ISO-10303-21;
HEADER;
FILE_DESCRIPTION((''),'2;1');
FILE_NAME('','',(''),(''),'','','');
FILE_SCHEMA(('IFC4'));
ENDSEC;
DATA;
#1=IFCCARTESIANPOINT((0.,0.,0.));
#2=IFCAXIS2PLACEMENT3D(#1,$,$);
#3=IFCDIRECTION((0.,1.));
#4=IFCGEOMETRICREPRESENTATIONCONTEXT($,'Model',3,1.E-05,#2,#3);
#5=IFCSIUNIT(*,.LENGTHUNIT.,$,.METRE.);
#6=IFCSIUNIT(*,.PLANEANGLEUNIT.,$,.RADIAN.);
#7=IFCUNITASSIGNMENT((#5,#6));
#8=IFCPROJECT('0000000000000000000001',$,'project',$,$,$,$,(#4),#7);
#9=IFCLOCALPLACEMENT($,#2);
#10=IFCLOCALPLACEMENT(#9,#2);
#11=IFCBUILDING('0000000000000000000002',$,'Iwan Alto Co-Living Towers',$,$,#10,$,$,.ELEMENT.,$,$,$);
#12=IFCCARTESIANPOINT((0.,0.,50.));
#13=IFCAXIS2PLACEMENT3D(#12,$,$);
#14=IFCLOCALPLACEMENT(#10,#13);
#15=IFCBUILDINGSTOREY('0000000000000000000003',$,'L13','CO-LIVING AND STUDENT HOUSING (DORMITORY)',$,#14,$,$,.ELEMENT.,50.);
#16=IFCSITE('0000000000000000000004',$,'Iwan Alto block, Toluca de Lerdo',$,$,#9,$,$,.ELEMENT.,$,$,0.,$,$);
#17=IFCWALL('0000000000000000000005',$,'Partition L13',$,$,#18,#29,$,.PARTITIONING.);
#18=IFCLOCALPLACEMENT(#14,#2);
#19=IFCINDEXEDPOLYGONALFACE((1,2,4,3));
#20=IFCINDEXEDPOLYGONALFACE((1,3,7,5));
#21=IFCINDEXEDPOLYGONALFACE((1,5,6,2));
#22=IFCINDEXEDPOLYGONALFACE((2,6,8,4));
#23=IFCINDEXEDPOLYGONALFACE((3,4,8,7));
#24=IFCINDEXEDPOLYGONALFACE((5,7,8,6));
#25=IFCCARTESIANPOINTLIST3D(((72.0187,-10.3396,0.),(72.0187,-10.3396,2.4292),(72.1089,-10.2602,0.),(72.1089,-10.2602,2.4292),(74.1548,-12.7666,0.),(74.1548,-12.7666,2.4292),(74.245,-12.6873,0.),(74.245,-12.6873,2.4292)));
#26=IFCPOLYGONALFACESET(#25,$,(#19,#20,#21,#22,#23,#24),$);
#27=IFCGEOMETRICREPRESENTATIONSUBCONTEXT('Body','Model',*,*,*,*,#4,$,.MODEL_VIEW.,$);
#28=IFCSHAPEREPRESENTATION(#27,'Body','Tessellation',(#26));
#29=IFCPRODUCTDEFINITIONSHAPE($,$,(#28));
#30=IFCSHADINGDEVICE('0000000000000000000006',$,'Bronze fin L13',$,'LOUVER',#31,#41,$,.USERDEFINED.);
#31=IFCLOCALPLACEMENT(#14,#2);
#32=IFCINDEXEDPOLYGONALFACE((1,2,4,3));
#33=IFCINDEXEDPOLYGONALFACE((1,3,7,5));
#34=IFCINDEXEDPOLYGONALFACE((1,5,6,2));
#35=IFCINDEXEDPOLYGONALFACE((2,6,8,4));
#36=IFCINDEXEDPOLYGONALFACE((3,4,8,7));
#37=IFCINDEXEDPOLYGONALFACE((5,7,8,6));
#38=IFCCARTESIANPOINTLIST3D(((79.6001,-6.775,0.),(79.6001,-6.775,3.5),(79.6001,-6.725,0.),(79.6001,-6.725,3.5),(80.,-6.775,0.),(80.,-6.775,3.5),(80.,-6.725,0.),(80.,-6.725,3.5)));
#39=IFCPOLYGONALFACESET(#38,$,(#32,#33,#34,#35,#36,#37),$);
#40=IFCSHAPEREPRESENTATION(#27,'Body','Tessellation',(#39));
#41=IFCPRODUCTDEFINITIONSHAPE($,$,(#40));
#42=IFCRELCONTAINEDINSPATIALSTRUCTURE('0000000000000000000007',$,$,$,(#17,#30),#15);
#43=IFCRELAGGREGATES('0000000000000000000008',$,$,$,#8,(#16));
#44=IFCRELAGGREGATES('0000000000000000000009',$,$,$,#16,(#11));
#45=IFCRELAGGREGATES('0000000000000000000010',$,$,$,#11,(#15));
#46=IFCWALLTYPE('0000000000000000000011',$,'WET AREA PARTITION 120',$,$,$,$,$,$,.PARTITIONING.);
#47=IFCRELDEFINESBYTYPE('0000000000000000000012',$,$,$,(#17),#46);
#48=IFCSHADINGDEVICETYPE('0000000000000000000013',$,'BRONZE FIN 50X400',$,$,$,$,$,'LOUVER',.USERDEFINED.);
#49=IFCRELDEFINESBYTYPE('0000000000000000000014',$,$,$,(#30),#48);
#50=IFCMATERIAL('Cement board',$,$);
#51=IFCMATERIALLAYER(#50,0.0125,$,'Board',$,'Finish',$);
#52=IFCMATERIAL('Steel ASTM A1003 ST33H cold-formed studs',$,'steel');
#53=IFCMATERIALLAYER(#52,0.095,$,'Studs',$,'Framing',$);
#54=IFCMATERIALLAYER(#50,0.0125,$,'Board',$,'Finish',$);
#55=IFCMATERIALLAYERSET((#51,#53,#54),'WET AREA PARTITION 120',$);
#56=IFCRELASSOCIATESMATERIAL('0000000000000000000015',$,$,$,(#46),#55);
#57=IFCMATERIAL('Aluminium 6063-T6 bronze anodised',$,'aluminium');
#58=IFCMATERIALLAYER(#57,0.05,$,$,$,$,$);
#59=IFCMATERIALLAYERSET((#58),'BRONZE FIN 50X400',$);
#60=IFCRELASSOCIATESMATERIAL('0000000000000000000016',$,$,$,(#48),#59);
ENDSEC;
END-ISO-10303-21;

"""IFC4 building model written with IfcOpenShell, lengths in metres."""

from ifc_helpers import new_model, si_unit, direction, frame, frame_2d, origin, origin_2d, place, context, subcontext, project, spatial, rectangle, extrude, material, layer, layer_set, type_object, element, save


model = new_model("IFC4")

# Units and contexts
model_context = context("Model", 3, precision=1e-05, world=origin(), true_north=direction((0.0, 1.0)))
body_context = subcontext(model_context, "Body", "Model", "MODEL_VIEW")
ifc_project = project(units=[si_unit("LENGTHUNIT", "METRE"), si_unit("PLANEANGLEUNIT", "RADIAN")], contexts=[model_context])

# Site, building, storey
site_placement = place(None, origin())
site = spatial("IfcSite", under=ifc_project, at=site_placement, Name="Iwan Alto block, Toluca de Lerdo", CompositionType="ELEMENT", RefElevation=0.0)
building_placement = place(site_placement, origin())
building = spatial("IfcBuilding", under=site, at=building_placement, Name="Iwan Alto Co-Living Towers", CompositionType="ELEMENT")
storey_placement = place(building_placement, frame((0.0, 0.0, 50.0)))
storey = spatial("IfcBuildingStorey", under=building, at=storey_placement, Name="L13", Description="CO-LIVING AND STUDENT HOUSING (DORMITORY)", CompositionType="ELEMENT", Elevation=50.0)

# Shared definitions
ifc_material_1 = material(Name="Steel ASTM A1003 ST33H cold-formed studs", Category="steel")
ifc_material_2 = material(Name="Cement board")
ifc_layer_1 = layer(ifc_material_2, 0.0125, Name="Board", Category="Finish")
ifc_layer_2 = layer(ifc_material_1, 0.095, Name="Studs", Category="Framing")
ifc_layer_3 = layer(ifc_material_2, 0.0125, Name="Board", Category="Finish")
ifc_layer_set_1 = layer_set([ifc_layer_1, ifc_layer_2, ifc_layer_3], Name="WET AREA PARTITION 120")
wall_type_1 = type_object("IfcWallType", Name="WET AREA PARTITION 120", PredefinedType="PARTITIONING", material=ifc_layer_set_1)

# Wall
wall_1_placement = place(storey_placement, frame((74.2, -12.7271, 0.0), z_axis=(0.0, 0.0, 1.0), x_axis=(-0.660667, 0.750679, 0.0)))
element("IfcWall", 1, at=wall_1_placement, inside=storey, type_object=wall_type_1, Name="Partition L13", PredefinedType="PARTITIONING", context=body_context, shape_type="SweptSolid", body=[
    extrude(rectangle(XDim=3.2332, YDim=0.1201, at=frame_2d((1.6167, 0.0))), origin(), (0.0, 0.0, 1.0), 2.4292),
])

# Shading device
ifc_material_3 = material(Name="Aluminium 6063-T6 bronze anodised", Category="aluminium")
ifc_layer_4 = layer(ifc_material_3, 0.05)
ifc_layer_set_2 = layer_set([ifc_layer_4], Name="BRONZE FIN 50X400")
shading_device_type = type_object("IfcShadingDeviceType", Name="BRONZE FIN 50X400", ElementType="LOUVER", PredefinedType="USERDEFINED", material=ifc_layer_set_2)
shading_device_placement = place(storey_placement, frame((79.8, -6.75, 0.0), z_axis=(0.0, 0.0, 1.0), x_axis=(0.0, 1.0, 0.0)))
element("IfcShadingDevice", 2, at=shading_device_placement, inside=storey, type_object=shading_device_type, Name="Bronze fin L13", ObjectType="LOUVER", PredefinedType="USERDEFINED", context=body_context, shape_type="SweptSolid", body=[
    extrude(rectangle(XDim=0.05, YDim=0.3999, at=origin_2d()), origin(), (0.0, 0.0, 1.0), 3.5),
])

save(model, "model.ifc")
